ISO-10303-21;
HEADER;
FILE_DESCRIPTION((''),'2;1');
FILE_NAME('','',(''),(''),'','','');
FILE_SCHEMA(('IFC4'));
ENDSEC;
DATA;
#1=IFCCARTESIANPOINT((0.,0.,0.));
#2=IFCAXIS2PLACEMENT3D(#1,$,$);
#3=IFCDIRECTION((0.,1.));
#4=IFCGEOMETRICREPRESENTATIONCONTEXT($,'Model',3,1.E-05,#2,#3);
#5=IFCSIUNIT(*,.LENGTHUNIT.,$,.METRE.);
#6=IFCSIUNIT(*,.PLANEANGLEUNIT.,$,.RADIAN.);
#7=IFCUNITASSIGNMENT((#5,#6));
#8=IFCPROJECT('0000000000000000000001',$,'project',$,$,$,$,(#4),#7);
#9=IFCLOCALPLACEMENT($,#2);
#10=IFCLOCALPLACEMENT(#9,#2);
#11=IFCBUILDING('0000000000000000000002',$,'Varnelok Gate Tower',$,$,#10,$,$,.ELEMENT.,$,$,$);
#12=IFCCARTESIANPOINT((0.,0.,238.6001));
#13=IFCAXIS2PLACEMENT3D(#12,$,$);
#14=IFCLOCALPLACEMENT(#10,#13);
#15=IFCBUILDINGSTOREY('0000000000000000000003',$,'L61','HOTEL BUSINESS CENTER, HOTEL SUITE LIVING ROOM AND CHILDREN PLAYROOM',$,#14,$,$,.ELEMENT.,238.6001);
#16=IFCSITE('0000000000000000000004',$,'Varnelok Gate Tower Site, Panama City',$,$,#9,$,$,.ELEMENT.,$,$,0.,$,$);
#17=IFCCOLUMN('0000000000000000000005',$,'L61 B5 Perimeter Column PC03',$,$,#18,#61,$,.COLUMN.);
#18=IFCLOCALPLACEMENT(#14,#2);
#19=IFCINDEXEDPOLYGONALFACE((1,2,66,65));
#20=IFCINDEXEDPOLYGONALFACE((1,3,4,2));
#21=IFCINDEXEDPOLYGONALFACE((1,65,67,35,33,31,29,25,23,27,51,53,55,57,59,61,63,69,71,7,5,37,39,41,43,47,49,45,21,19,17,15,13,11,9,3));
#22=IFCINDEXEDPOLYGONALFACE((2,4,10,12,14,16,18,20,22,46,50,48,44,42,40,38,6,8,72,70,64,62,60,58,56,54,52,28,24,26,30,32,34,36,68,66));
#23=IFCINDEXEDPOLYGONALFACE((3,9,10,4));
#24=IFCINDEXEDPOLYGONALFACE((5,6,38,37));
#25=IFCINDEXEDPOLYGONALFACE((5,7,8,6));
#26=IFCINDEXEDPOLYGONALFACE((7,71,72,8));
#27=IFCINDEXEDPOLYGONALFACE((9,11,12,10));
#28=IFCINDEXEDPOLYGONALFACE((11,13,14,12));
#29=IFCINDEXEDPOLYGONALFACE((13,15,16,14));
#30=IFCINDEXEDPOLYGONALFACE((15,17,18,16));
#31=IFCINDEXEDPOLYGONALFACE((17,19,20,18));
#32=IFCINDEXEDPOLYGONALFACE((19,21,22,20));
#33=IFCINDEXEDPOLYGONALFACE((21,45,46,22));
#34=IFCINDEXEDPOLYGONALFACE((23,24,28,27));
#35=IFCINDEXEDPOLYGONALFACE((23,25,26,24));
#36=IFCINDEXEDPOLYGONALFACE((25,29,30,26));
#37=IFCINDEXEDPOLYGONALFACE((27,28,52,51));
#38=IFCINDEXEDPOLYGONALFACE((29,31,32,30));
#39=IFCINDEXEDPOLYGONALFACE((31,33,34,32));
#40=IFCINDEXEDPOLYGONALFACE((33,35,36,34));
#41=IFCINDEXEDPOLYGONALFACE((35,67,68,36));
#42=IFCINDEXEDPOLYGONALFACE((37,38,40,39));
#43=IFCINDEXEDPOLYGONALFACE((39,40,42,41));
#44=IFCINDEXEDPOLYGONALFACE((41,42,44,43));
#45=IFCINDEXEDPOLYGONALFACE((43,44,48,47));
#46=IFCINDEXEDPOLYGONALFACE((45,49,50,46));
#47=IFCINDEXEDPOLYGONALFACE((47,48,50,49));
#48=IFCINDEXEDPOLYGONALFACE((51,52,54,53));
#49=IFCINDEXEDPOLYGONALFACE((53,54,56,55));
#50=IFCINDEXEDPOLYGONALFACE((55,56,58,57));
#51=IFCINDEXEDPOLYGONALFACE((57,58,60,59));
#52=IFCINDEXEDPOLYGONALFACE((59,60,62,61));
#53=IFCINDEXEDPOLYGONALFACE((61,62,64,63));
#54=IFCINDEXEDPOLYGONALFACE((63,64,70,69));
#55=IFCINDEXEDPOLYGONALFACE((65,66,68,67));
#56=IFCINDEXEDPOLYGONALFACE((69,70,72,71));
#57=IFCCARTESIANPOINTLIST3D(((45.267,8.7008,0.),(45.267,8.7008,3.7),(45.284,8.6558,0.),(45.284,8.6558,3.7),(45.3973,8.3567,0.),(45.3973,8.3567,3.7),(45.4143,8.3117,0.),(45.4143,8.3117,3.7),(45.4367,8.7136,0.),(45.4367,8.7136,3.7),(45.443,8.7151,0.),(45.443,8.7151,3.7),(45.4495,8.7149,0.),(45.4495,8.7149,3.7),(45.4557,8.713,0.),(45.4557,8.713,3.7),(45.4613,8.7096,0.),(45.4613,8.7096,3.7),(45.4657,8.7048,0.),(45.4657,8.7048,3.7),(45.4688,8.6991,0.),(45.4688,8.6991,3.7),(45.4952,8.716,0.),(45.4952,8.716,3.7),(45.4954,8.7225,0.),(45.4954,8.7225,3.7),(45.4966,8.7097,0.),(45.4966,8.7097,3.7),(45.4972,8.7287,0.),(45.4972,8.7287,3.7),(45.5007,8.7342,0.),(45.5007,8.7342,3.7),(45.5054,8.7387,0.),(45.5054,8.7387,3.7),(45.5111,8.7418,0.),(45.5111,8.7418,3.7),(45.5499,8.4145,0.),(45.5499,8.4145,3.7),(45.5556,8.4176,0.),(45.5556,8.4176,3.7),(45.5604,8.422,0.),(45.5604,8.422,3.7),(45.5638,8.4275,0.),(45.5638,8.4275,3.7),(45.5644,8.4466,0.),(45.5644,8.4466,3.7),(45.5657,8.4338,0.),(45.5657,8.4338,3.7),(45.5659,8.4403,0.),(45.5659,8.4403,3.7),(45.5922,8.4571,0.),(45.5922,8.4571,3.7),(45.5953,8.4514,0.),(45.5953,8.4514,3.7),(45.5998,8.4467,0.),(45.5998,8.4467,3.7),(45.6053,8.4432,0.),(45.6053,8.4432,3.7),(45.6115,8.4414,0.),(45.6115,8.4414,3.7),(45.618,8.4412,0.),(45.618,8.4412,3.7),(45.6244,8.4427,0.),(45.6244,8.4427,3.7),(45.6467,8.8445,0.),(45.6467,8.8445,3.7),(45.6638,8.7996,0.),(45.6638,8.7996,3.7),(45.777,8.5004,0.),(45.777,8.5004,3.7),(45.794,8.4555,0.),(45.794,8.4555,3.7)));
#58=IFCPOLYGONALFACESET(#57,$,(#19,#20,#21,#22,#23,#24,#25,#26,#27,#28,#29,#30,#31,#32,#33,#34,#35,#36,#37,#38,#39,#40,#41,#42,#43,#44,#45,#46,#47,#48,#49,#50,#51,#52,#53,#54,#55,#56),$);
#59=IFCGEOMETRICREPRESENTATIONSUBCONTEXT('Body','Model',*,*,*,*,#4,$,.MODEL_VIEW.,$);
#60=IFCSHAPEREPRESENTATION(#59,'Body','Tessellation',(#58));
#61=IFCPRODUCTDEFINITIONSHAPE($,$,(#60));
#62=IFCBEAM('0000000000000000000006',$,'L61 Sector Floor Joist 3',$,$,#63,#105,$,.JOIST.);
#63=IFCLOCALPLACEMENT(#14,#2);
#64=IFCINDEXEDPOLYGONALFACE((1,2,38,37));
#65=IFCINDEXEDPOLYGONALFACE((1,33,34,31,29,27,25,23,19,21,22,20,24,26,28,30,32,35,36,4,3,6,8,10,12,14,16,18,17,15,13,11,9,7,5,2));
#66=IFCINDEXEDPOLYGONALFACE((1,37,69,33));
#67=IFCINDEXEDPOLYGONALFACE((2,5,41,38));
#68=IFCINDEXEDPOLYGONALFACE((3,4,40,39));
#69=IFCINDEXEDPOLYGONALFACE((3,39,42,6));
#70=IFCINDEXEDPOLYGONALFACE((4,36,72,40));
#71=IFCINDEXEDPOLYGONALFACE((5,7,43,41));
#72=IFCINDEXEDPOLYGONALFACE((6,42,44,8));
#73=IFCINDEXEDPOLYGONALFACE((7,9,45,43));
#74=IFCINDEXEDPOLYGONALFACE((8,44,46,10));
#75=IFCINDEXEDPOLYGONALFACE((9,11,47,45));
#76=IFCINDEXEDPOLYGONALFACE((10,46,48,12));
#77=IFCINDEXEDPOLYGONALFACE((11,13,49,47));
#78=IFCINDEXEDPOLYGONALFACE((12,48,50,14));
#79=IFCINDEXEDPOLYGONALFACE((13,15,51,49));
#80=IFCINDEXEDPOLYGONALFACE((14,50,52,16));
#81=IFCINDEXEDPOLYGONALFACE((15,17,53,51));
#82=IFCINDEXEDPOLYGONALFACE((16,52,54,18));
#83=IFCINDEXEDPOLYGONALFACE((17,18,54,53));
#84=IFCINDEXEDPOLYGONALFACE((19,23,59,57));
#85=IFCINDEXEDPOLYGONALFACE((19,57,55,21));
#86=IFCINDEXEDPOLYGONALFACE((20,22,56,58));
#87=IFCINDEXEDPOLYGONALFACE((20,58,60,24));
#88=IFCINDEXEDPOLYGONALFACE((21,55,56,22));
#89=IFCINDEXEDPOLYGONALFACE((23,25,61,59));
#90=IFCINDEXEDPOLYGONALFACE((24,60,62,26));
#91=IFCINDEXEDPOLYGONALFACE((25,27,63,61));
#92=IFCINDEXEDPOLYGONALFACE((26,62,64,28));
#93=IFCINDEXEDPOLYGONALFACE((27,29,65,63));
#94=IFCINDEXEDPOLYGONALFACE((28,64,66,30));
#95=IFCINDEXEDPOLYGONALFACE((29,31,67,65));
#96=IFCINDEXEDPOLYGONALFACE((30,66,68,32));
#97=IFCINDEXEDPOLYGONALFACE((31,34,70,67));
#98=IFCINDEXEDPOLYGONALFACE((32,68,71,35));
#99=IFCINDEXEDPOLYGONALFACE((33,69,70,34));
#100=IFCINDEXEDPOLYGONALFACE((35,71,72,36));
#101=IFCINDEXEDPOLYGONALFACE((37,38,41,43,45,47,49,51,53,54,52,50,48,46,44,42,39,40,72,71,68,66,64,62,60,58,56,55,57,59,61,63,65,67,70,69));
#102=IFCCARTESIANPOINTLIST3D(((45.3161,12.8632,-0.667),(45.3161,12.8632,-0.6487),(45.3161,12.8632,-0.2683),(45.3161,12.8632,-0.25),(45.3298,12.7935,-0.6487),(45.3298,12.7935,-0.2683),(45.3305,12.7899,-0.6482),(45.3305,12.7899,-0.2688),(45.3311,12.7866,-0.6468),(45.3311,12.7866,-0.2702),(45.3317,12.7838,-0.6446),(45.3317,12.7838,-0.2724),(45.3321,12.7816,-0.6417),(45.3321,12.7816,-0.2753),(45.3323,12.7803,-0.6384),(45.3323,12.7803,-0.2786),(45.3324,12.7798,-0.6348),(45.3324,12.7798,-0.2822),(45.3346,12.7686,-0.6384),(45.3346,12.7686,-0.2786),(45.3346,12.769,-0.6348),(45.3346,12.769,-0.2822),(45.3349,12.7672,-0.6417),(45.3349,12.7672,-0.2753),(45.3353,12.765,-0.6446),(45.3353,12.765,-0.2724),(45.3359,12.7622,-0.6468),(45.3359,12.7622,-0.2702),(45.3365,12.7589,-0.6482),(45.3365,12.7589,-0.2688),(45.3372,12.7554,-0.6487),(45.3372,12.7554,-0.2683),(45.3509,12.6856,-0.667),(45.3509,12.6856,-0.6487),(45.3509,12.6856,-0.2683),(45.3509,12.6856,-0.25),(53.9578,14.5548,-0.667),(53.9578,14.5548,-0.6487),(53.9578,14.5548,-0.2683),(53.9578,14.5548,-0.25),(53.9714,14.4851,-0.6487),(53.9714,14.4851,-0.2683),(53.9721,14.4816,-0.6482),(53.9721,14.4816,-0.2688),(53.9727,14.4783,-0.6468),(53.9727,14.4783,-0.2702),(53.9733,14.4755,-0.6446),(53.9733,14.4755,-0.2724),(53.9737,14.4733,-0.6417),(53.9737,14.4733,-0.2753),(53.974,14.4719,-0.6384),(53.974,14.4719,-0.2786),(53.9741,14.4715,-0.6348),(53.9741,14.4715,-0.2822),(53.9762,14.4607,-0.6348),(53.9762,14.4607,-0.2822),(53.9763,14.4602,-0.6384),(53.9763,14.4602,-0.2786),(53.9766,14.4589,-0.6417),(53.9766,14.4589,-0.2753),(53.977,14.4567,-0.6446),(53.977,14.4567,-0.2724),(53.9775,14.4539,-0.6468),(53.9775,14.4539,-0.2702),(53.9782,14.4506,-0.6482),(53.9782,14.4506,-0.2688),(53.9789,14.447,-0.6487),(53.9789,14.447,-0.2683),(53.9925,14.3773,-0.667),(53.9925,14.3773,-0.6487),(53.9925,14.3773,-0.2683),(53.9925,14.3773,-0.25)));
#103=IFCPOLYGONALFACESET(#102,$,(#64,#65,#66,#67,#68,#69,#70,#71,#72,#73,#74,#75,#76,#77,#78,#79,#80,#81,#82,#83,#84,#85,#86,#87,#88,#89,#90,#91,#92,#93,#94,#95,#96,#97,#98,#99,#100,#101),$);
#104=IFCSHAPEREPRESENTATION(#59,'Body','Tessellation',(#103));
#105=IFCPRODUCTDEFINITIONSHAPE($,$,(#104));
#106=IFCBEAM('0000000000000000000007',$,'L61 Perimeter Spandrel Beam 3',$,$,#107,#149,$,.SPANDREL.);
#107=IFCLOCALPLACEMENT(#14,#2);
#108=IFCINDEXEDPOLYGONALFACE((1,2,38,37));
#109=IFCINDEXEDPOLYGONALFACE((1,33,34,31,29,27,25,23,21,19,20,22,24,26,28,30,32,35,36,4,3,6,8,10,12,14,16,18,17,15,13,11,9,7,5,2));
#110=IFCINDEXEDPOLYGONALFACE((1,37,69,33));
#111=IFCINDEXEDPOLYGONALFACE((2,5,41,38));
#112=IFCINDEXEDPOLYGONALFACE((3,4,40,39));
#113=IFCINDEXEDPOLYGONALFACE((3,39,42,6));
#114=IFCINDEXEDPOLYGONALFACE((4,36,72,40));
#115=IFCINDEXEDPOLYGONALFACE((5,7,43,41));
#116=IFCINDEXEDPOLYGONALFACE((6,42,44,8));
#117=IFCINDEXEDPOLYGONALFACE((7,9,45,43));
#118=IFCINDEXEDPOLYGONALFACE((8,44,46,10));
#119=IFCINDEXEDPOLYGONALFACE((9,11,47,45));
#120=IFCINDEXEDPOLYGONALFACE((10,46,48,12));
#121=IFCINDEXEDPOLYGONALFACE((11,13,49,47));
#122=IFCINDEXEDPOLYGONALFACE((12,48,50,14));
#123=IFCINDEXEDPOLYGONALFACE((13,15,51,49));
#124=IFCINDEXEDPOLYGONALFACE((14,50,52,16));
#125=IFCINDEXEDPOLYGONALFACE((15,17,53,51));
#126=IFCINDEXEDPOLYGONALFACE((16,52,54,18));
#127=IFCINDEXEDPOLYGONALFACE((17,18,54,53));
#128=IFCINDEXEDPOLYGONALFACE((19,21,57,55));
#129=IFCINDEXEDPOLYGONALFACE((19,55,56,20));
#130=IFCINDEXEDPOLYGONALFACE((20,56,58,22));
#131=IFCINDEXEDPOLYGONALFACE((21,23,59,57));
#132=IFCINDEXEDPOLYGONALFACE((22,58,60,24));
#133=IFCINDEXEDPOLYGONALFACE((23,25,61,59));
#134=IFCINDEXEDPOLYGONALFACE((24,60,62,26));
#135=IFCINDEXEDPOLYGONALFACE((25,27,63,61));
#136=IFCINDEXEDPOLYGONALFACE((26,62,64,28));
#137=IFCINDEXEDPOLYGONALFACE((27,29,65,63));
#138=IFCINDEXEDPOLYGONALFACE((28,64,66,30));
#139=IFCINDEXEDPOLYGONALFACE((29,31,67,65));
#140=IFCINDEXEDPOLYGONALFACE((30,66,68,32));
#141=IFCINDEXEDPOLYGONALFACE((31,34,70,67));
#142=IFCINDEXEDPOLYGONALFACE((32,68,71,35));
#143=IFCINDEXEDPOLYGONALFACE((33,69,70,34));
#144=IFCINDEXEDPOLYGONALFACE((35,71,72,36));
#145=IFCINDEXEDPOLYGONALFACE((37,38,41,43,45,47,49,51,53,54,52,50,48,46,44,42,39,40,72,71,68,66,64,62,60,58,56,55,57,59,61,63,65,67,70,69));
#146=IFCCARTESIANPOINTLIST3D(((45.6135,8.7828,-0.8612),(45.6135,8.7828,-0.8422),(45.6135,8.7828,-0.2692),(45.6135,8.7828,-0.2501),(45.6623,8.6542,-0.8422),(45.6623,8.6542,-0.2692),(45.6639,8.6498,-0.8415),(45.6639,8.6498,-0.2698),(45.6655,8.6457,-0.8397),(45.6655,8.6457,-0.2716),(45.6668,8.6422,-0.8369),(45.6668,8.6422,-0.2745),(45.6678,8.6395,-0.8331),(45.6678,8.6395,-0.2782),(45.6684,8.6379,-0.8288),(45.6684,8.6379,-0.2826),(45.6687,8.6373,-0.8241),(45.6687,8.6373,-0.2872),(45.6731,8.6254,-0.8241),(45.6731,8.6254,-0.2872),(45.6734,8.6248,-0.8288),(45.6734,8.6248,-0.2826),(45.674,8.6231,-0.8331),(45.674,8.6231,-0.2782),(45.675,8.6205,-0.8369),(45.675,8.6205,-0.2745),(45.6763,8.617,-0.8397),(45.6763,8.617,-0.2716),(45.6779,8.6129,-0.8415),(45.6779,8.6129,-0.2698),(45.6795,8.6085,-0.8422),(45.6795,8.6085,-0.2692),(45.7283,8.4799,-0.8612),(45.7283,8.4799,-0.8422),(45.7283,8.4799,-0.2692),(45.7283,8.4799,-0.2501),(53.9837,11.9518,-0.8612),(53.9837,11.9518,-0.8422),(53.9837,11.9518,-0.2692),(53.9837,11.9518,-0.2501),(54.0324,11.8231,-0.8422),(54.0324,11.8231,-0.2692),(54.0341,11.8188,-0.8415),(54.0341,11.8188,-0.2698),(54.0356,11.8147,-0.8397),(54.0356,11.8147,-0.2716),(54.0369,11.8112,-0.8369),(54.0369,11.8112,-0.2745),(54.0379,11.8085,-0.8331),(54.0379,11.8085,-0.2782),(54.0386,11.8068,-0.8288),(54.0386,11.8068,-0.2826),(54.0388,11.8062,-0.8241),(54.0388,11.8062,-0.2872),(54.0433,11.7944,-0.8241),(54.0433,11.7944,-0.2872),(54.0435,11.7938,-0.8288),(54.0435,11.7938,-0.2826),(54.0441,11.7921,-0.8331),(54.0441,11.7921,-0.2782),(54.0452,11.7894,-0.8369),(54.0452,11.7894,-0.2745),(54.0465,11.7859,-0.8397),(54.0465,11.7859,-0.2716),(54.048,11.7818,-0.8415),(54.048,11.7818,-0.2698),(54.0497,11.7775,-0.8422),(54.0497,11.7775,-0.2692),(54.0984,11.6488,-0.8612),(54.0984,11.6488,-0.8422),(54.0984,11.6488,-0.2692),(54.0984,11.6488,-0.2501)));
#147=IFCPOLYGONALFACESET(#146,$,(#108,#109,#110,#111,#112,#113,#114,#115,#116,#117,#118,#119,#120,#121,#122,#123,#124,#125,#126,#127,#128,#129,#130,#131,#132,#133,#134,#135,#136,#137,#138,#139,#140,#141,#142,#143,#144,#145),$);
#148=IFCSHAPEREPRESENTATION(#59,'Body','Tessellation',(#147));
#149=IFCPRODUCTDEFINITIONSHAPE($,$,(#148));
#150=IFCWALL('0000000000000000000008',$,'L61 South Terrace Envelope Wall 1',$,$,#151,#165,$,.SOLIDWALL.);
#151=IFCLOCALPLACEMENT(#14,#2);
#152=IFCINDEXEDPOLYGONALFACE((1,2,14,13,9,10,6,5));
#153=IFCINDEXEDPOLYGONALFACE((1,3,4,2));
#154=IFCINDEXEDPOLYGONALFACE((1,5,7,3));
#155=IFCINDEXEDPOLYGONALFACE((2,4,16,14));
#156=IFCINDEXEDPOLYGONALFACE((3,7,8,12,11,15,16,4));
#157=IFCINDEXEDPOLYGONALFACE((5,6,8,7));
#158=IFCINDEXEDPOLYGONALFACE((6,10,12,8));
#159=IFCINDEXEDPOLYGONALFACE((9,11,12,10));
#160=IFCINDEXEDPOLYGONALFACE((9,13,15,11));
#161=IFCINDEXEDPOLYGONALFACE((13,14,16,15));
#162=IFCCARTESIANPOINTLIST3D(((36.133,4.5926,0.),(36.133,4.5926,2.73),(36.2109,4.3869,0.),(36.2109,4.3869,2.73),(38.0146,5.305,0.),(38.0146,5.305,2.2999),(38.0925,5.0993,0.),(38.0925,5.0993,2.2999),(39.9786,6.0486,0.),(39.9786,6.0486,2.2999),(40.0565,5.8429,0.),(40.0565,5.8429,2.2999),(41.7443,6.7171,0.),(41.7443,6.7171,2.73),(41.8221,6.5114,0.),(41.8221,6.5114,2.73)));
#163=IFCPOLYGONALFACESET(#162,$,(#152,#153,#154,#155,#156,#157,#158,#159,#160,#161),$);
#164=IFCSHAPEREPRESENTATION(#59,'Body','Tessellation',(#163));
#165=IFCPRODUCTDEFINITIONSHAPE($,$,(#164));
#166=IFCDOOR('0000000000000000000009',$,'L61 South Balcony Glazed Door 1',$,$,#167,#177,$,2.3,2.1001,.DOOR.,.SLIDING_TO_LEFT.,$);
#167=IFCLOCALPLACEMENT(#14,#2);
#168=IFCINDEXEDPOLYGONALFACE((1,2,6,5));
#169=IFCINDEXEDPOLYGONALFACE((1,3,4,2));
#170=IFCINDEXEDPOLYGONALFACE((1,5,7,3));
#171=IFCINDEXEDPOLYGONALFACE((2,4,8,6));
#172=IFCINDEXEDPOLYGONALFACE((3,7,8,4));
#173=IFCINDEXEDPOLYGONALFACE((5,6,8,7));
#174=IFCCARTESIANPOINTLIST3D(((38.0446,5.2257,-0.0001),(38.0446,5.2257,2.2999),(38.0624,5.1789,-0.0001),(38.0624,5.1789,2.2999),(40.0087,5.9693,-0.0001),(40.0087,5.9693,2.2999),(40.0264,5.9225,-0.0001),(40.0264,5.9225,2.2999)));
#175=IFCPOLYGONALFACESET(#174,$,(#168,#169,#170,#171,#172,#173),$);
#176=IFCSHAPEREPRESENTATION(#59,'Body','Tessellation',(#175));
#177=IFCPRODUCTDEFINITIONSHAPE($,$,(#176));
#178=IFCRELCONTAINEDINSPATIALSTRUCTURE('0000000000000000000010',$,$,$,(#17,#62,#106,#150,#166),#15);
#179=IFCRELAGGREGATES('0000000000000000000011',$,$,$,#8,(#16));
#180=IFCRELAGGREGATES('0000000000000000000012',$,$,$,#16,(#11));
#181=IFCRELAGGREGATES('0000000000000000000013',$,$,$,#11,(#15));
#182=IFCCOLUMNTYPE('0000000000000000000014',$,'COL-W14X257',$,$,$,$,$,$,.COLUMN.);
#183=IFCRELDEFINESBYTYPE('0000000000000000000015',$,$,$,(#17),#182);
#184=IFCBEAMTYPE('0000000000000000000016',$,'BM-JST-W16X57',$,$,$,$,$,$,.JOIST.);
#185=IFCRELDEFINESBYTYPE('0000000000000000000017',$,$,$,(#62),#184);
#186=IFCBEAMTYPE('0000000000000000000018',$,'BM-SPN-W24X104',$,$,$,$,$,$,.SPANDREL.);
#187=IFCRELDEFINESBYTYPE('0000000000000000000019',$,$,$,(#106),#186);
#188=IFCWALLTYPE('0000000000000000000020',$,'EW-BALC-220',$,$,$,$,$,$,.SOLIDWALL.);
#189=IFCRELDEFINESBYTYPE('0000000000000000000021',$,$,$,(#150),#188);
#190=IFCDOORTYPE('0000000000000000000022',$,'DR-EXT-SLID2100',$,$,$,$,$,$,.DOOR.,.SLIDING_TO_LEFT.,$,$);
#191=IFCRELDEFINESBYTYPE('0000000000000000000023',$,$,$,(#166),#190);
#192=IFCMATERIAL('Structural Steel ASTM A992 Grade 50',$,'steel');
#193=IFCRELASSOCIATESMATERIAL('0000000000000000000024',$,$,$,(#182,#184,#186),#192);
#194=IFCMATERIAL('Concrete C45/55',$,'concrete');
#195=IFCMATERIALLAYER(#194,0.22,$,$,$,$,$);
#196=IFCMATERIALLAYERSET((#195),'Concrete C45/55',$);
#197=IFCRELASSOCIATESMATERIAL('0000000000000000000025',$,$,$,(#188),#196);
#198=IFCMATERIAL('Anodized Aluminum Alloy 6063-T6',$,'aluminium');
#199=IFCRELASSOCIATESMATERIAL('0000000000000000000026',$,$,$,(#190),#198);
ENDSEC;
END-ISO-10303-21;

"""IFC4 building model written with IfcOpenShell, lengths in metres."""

from ifc_helpers import new_model, si_unit, direction, frame, frame_2d, origin, origin_2d, place, context, subcontext, project, spatial, rectangle, i_section, extrude, material, layer, layer_set, material_profile, profile_set, type_object, element, fill, save


model = new_model("IFC4")

# Units and contexts
model_context = context("Model", 3, precision=1e-05, world=origin(), true_north=direction((0.0, 1.0)))
body_context = subcontext(model_context, "Body", "Model", "MODEL_VIEW")
ifc_project = project(units=[si_unit("LENGTHUNIT", "METRE"), si_unit("PLANEANGLEUNIT", "RADIAN")], contexts=[model_context])

# Site, building, storey
site_placement = place(None, origin())
site = spatial("IfcSite", under=ifc_project, at=site_placement, Name="Varnelok Gate Tower Site, Panama City", CompositionType="ELEMENT", RefElevation=0.0)
building_placement = place(site_placement, origin())
building = spatial("IfcBuilding", under=site, at=building_placement, Name="Varnelok Gate Tower", CompositionType="ELEMENT")
storey_placement = place(building_placement, frame((0.0, 0.0, 238.6001)))
storey = spatial("IfcBuildingStorey", under=building, at=storey_placement, Name="L61", Description="HOTEL BUSINESS CENTER, HOTEL SUITE LIVING ROOM AND CHILDREN PLAYROOM", CompositionType="ELEMENT", Elevation=238.6001)

# Column
ifc_material_1 = material(Name="Structural Steel ASTM A992 Grade 50", Category="steel")
ifc_material_profile_1 = material_profile(ifc_material_1, i_section(OverallWidth=0.406, OverallDepth=0.416, WebThickness=0.0298, FlangeThickness=0.0481, FilletRadius=0.0249, at=origin_2d()), Name="W14X257")
ifc_profile_set_1 = profile_set([ifc_material_profile_1], Name="Structural Steel ASTM A992 Grade 50")
column_type = type_object("IfcColumnType", Name="COL-W14X257", PredefinedType="COLUMN", material=ifc_profile_set_1)
column_placement = place(storey_placement, frame((45.5305, 8.5781, 0.0), z_axis=(0.0, 0.0, 1.0), x_axis=(0.935222, 0.354063, 0.0)))
element("IfcColumn", 1, at=column_placement, inside=storey, type_object=column_type, Name="L61 B5 Perimeter Column PC03", PredefinedType="COLUMN", context=body_context, shape_type="SweptSolid", body=[
    extrude(i_section(OverallWidth=0.406, OverallDepth=0.416, WebThickness=0.0298, FlangeThickness=0.0481, FilletRadius=0.0249, at=origin_2d()), origin(), (0.0, 0.0, 1.0), 3.7),
])

# Beams
ifc_material_profile_2 = material_profile(ifc_material_1, i_section(OverallWidth=0.1809, OverallDepth=0.417, WebThickness=0.011, FlangeThickness=0.0183, FilletRadius=0.0139, at=origin_2d()), Name="W16X57")
ifc_profile_set_2 = profile_set([ifc_material_profile_2], Name="Structural Steel ASTM A992 Grade 50")
beam_type_1 = type_object("IfcBeamType", Name="BM-JST-W16X57", PredefinedType="JOIST", material=ifc_profile_set_2)
beam_1_placement = place(storey_placement, frame((45.3335, 12.7744, -0.4585), z_axis=(0.981373, 0.19211, 0.0), x_axis=(-0.19211, 0.981373, 0.0)))
element("IfcBeam", 2, at=beam_1_placement, inside=storey, type_object=beam_type_1, Name="L61 Sector Floor Joist 3", PredefinedType="JOIST", context=body_context, shape_type="SweptSolid", body=[
    extrude(i_section(OverallWidth=0.1809, OverallDepth=0.417, WebThickness=0.011, FlangeThickness=0.0183, FilletRadius=0.0139, at=origin_2d()), origin(), (0.0, 0.0, 1.0), 8.8057),
])
ifc_material_profile_3 = material_profile(ifc_material_1, i_section(OverallWidth=0.324, OverallDepth=0.6111, WebThickness=0.0127, FlangeThickness=0.019, FilletRadius=0.0181, at=origin_2d()), Name="W24X104")
ifc_profile_set_3 = profile_set([ifc_material_profile_3], Name="Structural Steel ASTM A992 Grade 50")
beam_type_2 = type_object("IfcBeamType", Name="BM-SPN-W24X104", PredefinedType="SPANDREL", material=ifc_profile_set_3)
beam_2_placement = place(storey_placement, frame((45.6709, 8.6313, -0.5557), z_axis=(0.935217, 0.354075, 0.0), x_axis=(-0.354075, 0.935217, 0.0)))
element("IfcBeam", 3, at=beam_2_placement, inside=storey, type_object=beam_type_2, Name="L61 Perimeter Spandrel Beam 3", PredefinedType="SPANDREL", context=body_context, shape_type="SweptSolid", body=[
    extrude(i_section(OverallWidth=0.324, OverallDepth=0.6111, WebThickness=0.0127, FlangeThickness=0.019, FilletRadius=0.0181, at=origin_2d()), origin(), (0.0, 0.0, 1.0), 8.95),
])

# Wall, opening, door
ifc_material_2 = material(Name="Concrete C45/55", Category="concrete")
ifc_layer_1 = layer(ifc_material_2, 0.22)
ifc_layer_set_1 = layer_set([ifc_layer_1], Name="Concrete C45/55")
wall_type_1 = type_object("IfcWallType", Name="EW-BALC-220", PredefinedType="SOLIDWALL", material=ifc_layer_set_1)
wall_1_placement = place(storey_placement, frame((41.7832, 6.6143, 0.0), z_axis=(0.0, 0.0, 1.0), x_axis=(-0.935214, -0.354083, 0.0)))
wall_1 = element("IfcWall", 4, at=wall_1_placement, inside=storey, type_object=wall_type_1, Name="L61 South Terrace Envelope Wall 1", PredefinedType="SOLIDWALL", context=body_context, shape_type="SweptSolid", body=[
    extrude(rectangle(XDim=6.0, YDim=0.22, at=frame_2d((3.0, 0.0))), origin(), (0.0, 0.0, 1.0), 2.73),
])
opening_1_placement = place(wall_1_placement, frame((1.8879, 0.0, 0.0)))
opening_1 = element("IfcOpeningElement", 5, at=opening_1_placement, cuts=wall_1, PredefinedType="OPENING", context=body_context, shape_type="SweptSolid", body=[
    extrude(rectangle(XDim=2.1001, YDim=2.3, at=frame_2d((1.05, 1.1499))), frame((0.0, 0.1199, 0.0), z_axis=(0.0, -1.0, 0.0), x_axis=(1.0, 0.0, 0.0)), (0.0, 0.0, 1.0), 0.24),
])
ifc_material_3 = material(Name="Anodized Aluminum Alloy 6063-T6", Category="aluminium")
door_type_1 = type_object("IfcDoorType", Name="DR-EXT-SLID2100", OperationType="SLIDING_TO_LEFT", PredefinedType="DOOR", material=ifc_material_3)
door_1_placement = place(opening_1_placement, origin())
door_1 = element("IfcDoor", 6, at=door_1_placement, inside=storey, type_object=door_type_1, Name="L61 South Balcony Glazed Door 1", OperationType="SLIDING_TO_LEFT", OverallHeight=2.3, OverallWidth=2.1001, PredefinedType="DOOR", context=body_context, shape_type="SweptSolid", body=[
    extrude(rectangle(XDim=2.1001, YDim=2.3, at=frame_2d((1.05, 1.1499))), frame((0.0, 0.0249, 0.0), z_axis=(0.0, -1.0, 0.0), x_axis=(1.0, 0.0, 0.0)), (0.0, 0.0, 1.0), 0.05),
])
fill(opening_1, door_1)

save(model, "model.ifc")
